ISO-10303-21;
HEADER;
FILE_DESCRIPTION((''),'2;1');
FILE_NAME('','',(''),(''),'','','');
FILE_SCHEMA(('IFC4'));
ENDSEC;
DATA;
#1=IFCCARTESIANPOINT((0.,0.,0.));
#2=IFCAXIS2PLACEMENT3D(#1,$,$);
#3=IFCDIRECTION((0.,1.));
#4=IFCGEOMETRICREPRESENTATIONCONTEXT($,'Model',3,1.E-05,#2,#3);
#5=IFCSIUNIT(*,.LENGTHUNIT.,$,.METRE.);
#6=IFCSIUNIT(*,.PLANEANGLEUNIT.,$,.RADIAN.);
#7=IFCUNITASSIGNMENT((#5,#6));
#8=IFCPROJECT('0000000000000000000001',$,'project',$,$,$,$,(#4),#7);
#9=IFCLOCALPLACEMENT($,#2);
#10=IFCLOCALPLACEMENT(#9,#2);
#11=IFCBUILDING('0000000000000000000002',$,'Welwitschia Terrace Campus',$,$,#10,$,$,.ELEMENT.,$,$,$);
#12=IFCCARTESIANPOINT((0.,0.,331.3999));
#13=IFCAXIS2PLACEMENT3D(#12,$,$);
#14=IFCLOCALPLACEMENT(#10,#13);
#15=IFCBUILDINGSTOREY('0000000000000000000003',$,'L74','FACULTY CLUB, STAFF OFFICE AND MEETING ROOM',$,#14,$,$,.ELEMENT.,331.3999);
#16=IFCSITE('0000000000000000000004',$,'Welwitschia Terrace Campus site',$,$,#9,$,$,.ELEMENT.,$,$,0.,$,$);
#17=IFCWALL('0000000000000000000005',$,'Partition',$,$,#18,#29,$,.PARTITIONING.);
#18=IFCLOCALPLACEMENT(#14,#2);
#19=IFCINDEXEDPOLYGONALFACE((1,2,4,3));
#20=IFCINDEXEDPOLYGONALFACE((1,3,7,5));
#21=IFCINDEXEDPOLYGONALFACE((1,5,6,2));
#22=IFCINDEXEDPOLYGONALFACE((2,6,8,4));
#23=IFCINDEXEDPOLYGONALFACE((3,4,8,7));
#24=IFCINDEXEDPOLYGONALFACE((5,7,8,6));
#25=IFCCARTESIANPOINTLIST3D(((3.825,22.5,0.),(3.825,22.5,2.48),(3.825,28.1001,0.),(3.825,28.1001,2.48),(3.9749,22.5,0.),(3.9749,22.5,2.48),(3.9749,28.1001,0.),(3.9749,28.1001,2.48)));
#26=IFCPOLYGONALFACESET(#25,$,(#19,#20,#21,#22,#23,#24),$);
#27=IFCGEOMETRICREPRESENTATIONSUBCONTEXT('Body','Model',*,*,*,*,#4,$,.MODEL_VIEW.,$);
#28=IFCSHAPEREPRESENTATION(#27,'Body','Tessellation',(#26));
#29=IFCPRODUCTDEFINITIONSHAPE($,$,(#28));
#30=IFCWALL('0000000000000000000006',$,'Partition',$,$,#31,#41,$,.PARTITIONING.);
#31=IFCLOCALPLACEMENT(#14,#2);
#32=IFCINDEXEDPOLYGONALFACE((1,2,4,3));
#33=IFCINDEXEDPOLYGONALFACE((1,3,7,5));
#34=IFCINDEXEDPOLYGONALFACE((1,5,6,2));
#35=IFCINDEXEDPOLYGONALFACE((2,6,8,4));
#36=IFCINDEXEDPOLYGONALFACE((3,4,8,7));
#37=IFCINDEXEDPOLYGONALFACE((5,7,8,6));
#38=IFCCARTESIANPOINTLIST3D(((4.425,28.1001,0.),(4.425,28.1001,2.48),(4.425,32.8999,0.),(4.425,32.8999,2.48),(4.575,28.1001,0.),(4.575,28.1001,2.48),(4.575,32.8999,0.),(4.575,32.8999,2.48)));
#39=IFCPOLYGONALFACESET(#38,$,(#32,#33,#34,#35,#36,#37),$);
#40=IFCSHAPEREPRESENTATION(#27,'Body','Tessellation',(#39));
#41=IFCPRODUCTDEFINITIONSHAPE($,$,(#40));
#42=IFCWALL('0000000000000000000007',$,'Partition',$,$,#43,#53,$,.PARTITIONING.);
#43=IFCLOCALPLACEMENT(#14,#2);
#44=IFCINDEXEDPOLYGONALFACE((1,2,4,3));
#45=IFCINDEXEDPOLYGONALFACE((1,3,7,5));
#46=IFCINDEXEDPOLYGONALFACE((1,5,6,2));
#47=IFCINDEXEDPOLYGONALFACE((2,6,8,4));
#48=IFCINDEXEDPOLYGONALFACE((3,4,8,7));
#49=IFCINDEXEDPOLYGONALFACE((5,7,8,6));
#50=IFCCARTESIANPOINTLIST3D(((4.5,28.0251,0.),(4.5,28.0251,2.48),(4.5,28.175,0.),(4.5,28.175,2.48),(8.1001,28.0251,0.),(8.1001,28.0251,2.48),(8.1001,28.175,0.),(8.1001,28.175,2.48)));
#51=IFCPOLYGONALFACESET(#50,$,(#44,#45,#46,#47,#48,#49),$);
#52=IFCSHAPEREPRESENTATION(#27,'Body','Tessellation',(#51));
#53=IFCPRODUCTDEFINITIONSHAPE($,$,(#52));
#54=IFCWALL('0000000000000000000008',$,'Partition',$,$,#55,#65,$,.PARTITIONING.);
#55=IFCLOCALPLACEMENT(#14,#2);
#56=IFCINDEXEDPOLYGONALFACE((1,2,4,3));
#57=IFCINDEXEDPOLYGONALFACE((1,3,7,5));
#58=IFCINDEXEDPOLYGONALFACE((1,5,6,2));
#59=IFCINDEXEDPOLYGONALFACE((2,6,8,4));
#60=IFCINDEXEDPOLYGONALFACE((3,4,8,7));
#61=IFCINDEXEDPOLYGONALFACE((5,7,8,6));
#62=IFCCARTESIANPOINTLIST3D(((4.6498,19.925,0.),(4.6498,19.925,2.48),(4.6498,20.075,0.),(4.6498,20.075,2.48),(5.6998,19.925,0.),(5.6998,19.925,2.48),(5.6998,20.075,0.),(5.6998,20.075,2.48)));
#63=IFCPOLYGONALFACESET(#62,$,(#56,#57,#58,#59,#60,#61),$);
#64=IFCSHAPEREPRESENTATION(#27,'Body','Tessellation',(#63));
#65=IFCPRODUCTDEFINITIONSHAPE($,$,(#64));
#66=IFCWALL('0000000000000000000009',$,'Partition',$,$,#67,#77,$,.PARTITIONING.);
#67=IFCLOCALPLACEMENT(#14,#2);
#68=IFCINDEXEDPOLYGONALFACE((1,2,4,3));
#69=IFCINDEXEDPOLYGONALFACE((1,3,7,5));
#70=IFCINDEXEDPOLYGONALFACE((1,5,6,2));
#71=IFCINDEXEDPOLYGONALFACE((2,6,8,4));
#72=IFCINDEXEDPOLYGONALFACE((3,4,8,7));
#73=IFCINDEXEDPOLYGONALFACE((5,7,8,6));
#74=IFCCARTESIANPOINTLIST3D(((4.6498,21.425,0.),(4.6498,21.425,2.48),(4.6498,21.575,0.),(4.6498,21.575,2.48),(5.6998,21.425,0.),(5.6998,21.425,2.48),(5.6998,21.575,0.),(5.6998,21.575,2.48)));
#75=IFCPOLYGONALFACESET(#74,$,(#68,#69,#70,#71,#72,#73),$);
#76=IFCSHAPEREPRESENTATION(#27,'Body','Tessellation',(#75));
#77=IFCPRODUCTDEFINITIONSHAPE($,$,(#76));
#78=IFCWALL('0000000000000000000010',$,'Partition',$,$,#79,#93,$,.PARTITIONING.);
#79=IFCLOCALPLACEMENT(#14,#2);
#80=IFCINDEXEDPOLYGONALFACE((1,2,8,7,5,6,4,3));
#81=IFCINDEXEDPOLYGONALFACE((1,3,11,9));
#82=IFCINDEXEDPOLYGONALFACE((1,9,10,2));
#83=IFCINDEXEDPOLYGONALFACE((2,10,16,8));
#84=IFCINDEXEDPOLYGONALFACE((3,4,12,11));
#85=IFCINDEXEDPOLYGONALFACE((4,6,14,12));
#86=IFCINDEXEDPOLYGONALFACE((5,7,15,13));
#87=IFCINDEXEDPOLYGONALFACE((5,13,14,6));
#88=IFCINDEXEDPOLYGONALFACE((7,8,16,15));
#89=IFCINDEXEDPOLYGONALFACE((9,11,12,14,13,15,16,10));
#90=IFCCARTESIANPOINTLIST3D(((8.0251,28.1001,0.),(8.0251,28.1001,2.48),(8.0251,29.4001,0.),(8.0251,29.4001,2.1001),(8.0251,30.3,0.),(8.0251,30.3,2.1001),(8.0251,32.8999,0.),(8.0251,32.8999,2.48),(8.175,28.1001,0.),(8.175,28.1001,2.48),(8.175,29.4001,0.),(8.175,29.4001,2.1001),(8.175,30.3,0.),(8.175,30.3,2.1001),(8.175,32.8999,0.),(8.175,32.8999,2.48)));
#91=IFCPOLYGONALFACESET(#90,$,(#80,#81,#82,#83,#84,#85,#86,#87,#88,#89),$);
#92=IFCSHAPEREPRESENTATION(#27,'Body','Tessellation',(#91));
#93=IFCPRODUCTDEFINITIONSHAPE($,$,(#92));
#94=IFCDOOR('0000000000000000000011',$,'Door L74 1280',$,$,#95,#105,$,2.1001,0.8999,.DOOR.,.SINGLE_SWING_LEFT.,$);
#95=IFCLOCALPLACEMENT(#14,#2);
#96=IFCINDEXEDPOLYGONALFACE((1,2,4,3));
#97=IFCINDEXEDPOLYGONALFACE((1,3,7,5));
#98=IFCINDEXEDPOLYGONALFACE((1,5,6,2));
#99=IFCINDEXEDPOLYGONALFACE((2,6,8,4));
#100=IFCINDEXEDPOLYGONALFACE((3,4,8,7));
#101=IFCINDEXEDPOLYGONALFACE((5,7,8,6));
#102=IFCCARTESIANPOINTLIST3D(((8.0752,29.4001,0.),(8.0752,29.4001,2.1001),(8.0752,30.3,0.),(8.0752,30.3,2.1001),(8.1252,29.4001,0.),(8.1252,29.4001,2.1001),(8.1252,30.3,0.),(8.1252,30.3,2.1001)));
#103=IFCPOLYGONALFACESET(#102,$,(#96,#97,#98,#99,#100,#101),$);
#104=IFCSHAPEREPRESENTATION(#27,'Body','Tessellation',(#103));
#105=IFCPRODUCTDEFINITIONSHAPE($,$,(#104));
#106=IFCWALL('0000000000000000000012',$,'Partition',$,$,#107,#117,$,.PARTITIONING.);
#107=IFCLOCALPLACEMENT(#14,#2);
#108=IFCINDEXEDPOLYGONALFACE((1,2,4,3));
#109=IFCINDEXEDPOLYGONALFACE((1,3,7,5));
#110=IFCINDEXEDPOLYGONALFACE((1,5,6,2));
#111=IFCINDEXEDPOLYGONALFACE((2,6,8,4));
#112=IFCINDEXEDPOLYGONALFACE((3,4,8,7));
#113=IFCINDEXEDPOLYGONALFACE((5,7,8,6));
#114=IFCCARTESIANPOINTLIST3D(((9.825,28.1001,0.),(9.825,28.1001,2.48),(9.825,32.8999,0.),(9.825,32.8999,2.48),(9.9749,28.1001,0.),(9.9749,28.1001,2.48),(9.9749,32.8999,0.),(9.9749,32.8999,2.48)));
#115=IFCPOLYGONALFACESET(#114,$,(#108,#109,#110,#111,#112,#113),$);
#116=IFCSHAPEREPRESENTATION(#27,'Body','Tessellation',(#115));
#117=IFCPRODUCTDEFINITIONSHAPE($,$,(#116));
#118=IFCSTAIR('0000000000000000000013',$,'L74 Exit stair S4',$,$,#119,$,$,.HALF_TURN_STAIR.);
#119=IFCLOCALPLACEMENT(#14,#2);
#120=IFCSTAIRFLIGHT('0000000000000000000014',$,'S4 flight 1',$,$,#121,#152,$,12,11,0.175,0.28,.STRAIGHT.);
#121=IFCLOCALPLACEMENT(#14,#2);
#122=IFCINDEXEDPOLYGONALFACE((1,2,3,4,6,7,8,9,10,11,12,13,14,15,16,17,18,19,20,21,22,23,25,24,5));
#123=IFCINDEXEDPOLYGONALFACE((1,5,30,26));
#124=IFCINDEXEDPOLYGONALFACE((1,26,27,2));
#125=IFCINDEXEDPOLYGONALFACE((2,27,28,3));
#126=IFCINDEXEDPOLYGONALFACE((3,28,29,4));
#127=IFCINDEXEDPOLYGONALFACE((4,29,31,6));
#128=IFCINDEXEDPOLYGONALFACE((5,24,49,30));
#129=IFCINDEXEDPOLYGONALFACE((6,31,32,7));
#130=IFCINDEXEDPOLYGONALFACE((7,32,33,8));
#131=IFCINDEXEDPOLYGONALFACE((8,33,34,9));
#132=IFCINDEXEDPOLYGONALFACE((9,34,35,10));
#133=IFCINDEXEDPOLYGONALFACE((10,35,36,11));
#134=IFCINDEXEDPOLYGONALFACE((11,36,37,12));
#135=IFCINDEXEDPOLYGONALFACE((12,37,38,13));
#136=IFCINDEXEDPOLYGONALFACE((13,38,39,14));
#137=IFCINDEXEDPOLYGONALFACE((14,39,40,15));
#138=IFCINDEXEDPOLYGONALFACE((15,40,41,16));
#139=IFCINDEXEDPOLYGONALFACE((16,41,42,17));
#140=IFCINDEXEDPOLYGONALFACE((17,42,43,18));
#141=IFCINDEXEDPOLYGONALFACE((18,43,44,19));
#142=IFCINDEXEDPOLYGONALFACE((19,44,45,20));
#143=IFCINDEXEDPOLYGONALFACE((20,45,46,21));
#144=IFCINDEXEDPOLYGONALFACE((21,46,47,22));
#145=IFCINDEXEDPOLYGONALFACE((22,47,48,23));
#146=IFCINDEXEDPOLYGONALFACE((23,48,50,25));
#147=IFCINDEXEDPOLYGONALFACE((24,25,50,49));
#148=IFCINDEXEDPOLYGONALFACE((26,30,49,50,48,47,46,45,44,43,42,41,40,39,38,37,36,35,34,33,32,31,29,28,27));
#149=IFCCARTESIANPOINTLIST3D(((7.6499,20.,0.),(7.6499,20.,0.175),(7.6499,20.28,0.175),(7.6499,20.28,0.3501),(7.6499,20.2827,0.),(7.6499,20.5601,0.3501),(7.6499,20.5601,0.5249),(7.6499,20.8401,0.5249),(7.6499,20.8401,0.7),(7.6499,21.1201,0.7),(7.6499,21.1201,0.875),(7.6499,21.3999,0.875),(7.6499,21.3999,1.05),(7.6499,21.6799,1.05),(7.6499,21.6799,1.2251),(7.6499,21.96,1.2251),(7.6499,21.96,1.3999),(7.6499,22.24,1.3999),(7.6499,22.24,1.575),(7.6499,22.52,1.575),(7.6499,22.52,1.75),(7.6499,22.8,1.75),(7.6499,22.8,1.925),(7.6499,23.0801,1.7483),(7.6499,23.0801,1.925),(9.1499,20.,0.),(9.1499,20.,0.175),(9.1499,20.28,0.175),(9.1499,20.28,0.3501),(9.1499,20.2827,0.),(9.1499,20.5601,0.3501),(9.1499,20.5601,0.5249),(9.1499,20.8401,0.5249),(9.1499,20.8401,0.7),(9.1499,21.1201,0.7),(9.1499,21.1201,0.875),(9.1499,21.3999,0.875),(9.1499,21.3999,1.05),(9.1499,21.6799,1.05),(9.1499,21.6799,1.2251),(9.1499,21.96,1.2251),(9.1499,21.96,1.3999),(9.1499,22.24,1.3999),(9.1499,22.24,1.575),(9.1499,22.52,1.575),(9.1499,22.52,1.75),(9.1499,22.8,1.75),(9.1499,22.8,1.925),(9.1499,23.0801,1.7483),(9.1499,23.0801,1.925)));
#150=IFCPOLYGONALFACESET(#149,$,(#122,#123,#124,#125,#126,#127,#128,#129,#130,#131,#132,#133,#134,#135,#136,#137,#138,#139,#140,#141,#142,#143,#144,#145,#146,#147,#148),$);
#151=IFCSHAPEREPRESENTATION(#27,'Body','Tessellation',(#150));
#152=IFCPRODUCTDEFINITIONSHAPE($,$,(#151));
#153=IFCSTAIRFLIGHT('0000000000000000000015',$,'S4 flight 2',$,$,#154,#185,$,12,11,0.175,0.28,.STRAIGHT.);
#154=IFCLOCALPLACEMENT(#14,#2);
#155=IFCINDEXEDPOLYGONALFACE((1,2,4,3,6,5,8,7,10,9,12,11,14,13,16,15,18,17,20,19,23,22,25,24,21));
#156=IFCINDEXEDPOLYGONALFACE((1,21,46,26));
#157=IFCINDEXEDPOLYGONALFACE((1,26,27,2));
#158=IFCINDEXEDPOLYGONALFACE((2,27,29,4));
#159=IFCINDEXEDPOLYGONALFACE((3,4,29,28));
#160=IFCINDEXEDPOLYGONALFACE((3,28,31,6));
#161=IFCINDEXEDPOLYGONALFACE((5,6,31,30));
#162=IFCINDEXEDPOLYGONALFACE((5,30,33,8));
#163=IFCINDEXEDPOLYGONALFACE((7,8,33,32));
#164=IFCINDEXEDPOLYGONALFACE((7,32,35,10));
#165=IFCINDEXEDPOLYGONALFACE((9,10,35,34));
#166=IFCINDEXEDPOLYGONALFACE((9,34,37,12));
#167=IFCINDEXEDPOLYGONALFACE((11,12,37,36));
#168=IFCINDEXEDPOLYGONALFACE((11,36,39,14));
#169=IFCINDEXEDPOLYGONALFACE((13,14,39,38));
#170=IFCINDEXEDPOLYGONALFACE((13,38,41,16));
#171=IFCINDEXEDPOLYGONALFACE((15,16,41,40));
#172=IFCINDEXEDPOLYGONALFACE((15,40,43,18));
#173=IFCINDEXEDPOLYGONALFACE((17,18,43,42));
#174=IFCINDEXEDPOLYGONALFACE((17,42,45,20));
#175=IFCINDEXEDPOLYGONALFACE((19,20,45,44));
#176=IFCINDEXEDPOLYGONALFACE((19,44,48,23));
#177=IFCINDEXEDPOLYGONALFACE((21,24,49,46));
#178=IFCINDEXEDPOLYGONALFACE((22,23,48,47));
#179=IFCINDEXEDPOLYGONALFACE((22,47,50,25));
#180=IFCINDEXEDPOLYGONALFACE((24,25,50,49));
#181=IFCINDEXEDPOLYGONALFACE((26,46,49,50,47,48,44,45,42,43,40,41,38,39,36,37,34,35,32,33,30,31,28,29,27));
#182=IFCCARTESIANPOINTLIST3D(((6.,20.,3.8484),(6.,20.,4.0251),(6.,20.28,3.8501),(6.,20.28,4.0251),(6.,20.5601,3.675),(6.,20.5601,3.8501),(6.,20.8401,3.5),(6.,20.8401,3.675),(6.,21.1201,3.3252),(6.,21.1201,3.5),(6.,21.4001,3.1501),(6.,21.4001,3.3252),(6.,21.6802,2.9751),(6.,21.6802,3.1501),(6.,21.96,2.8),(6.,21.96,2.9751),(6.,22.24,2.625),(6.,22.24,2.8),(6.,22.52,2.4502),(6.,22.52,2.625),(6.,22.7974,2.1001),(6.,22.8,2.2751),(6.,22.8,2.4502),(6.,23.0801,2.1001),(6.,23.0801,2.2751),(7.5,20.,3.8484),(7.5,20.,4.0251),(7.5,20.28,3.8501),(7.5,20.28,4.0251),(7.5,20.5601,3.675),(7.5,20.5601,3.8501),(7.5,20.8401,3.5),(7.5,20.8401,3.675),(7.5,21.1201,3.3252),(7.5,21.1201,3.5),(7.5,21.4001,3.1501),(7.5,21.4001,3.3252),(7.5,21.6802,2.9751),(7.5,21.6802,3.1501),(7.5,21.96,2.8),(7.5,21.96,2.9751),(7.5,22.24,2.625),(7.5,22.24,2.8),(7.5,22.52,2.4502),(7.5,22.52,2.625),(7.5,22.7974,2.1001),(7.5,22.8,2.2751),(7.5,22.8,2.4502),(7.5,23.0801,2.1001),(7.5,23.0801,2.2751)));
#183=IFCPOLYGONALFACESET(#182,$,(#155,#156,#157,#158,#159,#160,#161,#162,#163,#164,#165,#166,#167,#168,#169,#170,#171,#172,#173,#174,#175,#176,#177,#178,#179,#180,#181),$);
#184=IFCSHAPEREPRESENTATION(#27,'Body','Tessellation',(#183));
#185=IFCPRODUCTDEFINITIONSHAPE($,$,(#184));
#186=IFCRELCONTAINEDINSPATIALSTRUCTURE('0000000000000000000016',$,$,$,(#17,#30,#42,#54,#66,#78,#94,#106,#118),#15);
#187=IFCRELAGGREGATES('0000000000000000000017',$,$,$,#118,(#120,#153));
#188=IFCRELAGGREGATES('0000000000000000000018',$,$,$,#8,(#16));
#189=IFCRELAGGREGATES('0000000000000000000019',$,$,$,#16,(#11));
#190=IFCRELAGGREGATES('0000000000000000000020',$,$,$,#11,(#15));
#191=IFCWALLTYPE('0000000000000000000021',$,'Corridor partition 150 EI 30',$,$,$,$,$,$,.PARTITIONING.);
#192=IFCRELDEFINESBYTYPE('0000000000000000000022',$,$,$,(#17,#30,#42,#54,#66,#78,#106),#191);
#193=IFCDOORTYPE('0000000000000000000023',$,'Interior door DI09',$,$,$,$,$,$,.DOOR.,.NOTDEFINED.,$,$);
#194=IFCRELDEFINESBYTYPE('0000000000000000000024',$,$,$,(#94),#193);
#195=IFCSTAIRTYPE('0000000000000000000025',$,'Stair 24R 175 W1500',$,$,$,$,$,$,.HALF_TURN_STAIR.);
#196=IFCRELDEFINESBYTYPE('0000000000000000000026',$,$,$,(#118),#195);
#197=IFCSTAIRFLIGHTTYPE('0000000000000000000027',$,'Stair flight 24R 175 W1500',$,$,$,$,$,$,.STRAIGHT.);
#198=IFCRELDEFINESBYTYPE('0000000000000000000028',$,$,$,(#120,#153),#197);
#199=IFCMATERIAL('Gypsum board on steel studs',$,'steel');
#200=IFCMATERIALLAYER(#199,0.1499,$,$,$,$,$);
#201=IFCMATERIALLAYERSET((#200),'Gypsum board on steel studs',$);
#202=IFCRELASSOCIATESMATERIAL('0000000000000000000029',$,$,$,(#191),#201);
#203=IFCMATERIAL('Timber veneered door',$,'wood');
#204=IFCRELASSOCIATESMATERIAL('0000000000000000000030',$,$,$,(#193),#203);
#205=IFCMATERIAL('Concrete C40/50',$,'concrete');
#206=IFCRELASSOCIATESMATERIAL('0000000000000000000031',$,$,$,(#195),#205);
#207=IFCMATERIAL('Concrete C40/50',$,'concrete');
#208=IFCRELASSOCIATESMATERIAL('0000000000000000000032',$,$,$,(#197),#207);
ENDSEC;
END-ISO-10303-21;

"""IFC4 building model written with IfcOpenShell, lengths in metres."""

from ifc_helpers import new_model, si_unit, direction, frame, frame_2d, origin, place, context, subcontext, project, spatial, polyline, rectangle, outline, extrude, material, layer, layer_set, type_object, element, fill, aggregate, save


model = new_model("IFC4")

# Units and contexts
model_context = context("Model", 3, precision=1e-05, world=origin(), true_north=direction((0.0, 1.0)))
body_context = subcontext(model_context, "Body", "Model", "MODEL_VIEW")
ifc_project = project(units=[si_unit("LENGTHUNIT", "METRE"), si_unit("PLANEANGLEUNIT", "RADIAN")], contexts=[model_context])

# Site, building, storey
site_placement = place(None, origin())
site = spatial("IfcSite", under=ifc_project, at=site_placement, Name="Welwitschia Terrace Campus site", CompositionType="ELEMENT", RefElevation=0.0)
building_placement = place(site_placement, origin())
building = spatial("IfcBuilding", under=site, at=building_placement, Name="Welwitschia Terrace Campus", CompositionType="ELEMENT")
storey_placement = place(building_placement, frame((0.0, 0.0, 331.3999)))
storey = spatial("IfcBuildingStorey", under=building, at=storey_placement, Name="L74", Description="FACULTY CLUB, STAFF OFFICE AND MEETING ROOM", CompositionType="ELEMENT", Elevation=331.3999)

# Walls
ifc_material_1 = material(Name="Gypsum board on steel studs", Category="steel")
ifc_layer_1 = layer(ifc_material_1, 0.1499)
ifc_layer_set_1 = layer_set([ifc_layer_1], Name="Gypsum board on steel studs")
wall_type_1 = type_object("IfcWallType", Name="Corridor partition 150 EI 30", PredefinedType="PARTITIONING", material=ifc_layer_set_1)
wall_1_placement = place(storey_placement, frame((3.8999, 22.5, 0.0), z_axis=(0.0, 0.0, 1.0), x_axis=(0.0, 1.0, 0.0)))
element("IfcWall", 1, at=wall_1_placement, inside=storey, type_object=wall_type_1, Name="Partition", PredefinedType="PARTITIONING", context=body_context, shape_type="SweptSolid", body=[
    extrude(rectangle(XDim=5.6001, YDim=0.1499, at=frame_2d((2.8, 0.0))), origin(), (0.0, 0.0, 1.0), 2.48),
])
wall_2_placement = place(storey_placement, frame((4.5, 28.1001, 0.0), z_axis=(0.0, 0.0, 1.0), x_axis=(0.0, 1.0, 0.0)))
element("IfcWall", 2, at=wall_2_placement, inside=storey, type_object=wall_type_1, Name="Partition", PredefinedType="PARTITIONING", context=body_context, shape_type="SweptSolid", body=[
    extrude(rectangle(XDim=4.7998, YDim=0.1499, at=frame_2d((2.3999, 0.0))), origin(), (0.0, 0.0, 1.0), 2.48),
])
wall_3_placement = place(storey_placement, frame((4.5, 28.1001, 0.0), z_axis=(0.0, 0.0, 1.0), x_axis=(1.0, 0.0, 0.0)))
element("IfcWall", 3, at=wall_3_placement, inside=storey, type_object=wall_type_1, Name="Partition", PredefinedType="PARTITIONING", context=body_context, shape_type="SweptSolid", body=[
    extrude(rectangle(XDim=3.6001, YDim=0.1499, at=frame_2d((1.8, 0.0))), origin(), (0.0, 0.0, 1.0), 2.48),
])
for number, where, z_axis, x_axis, name in (
    (4, (4.6499, 20.0, 0.0), (0.0, 0.0, 1.0), (1.0, 0.0, 0.0), "Partition"),
    (5, (4.6499, 21.5, 0.0), (0.0, 0.0, 1.0), (1.0, 0.0, 0.0), "Partition"),
):
    element("IfcWall", number, at=place(storey_placement, frame(where, z_axis=z_axis, x_axis=x_axis)), inside=storey, type_object=wall_type_1, Name=name, PredefinedType="PARTITIONING", context=body_context, shape_type="SweptSolid", body=[
        extrude(rectangle(XDim=1.05, YDim=0.1499, at=frame_2d((0.5249, 0.0))), origin(), (0.0, 0.0, 1.0), 2.48),
    ])

# Wall, opening, door
wall_4_placement = place(storey_placement, frame((8.1001, 28.1001, 0.0), z_axis=(0.0, 0.0, 1.0), x_axis=(0.0, 1.0, 0.0)))
wall_4 = element("IfcWall", 6, at=wall_4_placement, inside=storey, type_object=wall_type_1, Name="Partition", PredefinedType="PARTITIONING", context=body_context, shape_type="SweptSolid", body=[
    extrude(rectangle(XDim=4.7998, YDim=0.1499, at=frame_2d((2.3999, 0.0))), origin(), (0.0, 0.0, 1.0), 2.48),
])
opening_placement = place(wall_4_placement, frame((1.3, 0.0, 0.0)))
opening = element("IfcOpeningElement", 7, at=opening_placement, cuts=wall_4, PredefinedType="OPENING", context=body_context, shape_type="SweptSolid", body=[
    extrude(rectangle(XDim=0.8999, YDim=2.1001, at=frame_2d((0.45, 1.05))), frame((0.0, 0.085, 0.0), z_axis=(0.0, -1.0, 0.0), x_axis=(1.0, 0.0, 0.0)), (0.0, 0.0, 1.0), 0.1699),
])
ifc_material_2 = material(Name="Timber veneered door", Category="wood")
door_type = type_object("IfcDoorType", Name="Interior door DI09", OperationType="NOTDEFINED", PredefinedType="DOOR", material=ifc_material_2)
door_placement = place(opening_placement, origin())
door = element("IfcDoor", 8, at=door_placement, inside=storey, type_object=door_type, Name="Door L74 1280", OperationType="SINGLE_SWING_LEFT", OverallHeight=2.1001, OverallWidth=0.8999, PredefinedType="DOOR", context=body_context, shape_type="SweptSolid", body=[
    extrude(rectangle(XDim=0.8999, YDim=2.1001, at=frame_2d((0.45, 1.05))), frame((0.0, 0.0249, 0.0), z_axis=(0.0, -1.0, 0.0), x_axis=(1.0, 0.0, 0.0)), (0.0, 0.0, 1.0), 0.05),
])
fill(opening, door)

# Wall
wall_5_placement = place(storey_placement, frame((9.8999, 28.1001, 0.0), z_axis=(0.0, 0.0, 1.0), x_axis=(0.0, 1.0, 0.0)))
element("IfcWall", 9, at=wall_5_placement, inside=storey, type_object=wall_type_1, Name="Partition", PredefinedType="PARTITIONING", context=body_context, shape_type="SweptSolid", body=[
    extrude(rectangle(XDim=4.7998, YDim=0.1499, at=frame_2d((2.3999, 0.0))), origin(), (0.0, 0.0, 1.0), 2.48),
])

# Stair, stair flights
ifc_material_3 = material(Name="Concrete C40/50", Category="concrete")
stair_type = type_object("IfcStairType", Name="Stair 24R 175 W1500", PredefinedType="HALF_TURN_STAIR", material=ifc_material_3)
stair_placement = place(storey_placement, origin())
stair = element("IfcStair", 10, at=stair_placement, inside=storey, type_object=stair_type, Name="L74 Exit stair S4", PredefinedType="HALF_TURN_STAIR")
ifc_material_4 = material(Name="Concrete C40/50", Category="concrete")
stair_flight_type = type_object("IfcStairFlightType", Name="Stair flight 24R 175 W1500", PredefinedType="STRAIGHT", material=ifc_material_4)
stair_flight_1_placement = place(storey_placement, frame((8.3999, 20.0, 0.0), z_axis=(0.0, 0.0, 1.0), x_axis=(0.0, 1.0, 0.0)))
stair_flight_1 = element("IfcStairFlight", 11, at=stair_flight_1_placement, type_object=stair_flight_type, Name="S4 flight 1", NumberOfRisers=12, NumberOfTreads=11, PredefinedType="STRAIGHT", RiserHeight=0.175, TreadLength=0.28, context=body_context, shape_type="SweptSolid", body=[
    extrude(outline(polyline([(0.0, 0.0), (0.0, 0.175), (0.28, 0.175), (0.28, 0.3501), (0.5601, 0.3501), (0.5601, 0.5249), (0.8401, 0.5249), (0.8401, 0.7), (1.1201, 0.7), (1.1201, 0.875), (1.3999, 0.875), (1.3999, 1.05), (1.6799, 1.05), (1.6799, 1.2251), (1.96, 1.2251), (1.96, 1.3999), (2.24, 1.3999), (2.24, 1.575), (2.52, 1.575), (2.52, 1.75), (2.8, 1.75), (2.8, 1.925), (3.0801, 1.925), (3.0801, 2.1001), (3.0801, 1.7483), (0.2827, 0.0), (0.0, 0.0)])), frame((0.0, 0.75, 0.0), z_axis=(0.0, -1.0, 0.0), x_axis=(1.0, 0.0, 0.0)), (0.0, 0.0, 1.0), 1.5),
])
stair_flight_2_placement = place(storey_placement, frame((6.75, 23.0801, 2.1001), z_axis=(0.0, 0.0, 1.0), x_axis=(0.0, -1.0, 0.0)))
stair_flight_2 = element("IfcStairFlight", 12, at=stair_flight_2_placement, type_object=stair_flight_type, Name="S4 flight 2", NumberOfRisers=12, NumberOfTreads=11, PredefinedType="STRAIGHT", RiserHeight=0.175, TreadLength=0.28, context=body_context, shape_type="SweptSolid", body=[
    extrude(outline(polyline([(0.0, 0.0), (0.0, 0.175), (0.28, 0.175), (0.28, 0.3501), (0.5601, 0.3501), (0.5601, 0.5249), (0.8401, 0.5249), (0.8401, 0.7), (1.1201, 0.7), (1.1201, 0.875), (1.3999, 0.875), (1.3999, 1.05), (1.6799, 1.05), (1.6799, 1.2251), (1.96, 1.2251), (1.96, 1.3999), (2.24, 1.3999), (2.24, 1.575), (2.52, 1.575), (2.52, 1.75), (2.8, 1.75), (2.8, 1.925), (3.0801, 1.925), (3.0801, 2.1001), (3.0801, 1.7483), (0.2827, 0.0), (0.0, 0.0)])), frame((0.0, 0.75, 0.0), z_axis=(0.0, -1.0, 0.0), x_axis=(1.0, 0.0, 0.0)), (0.0, 0.0, 1.0), 1.5),
])
aggregate(stair, [stair_flight_1, stair_flight_2])

save(model, "model.ifc")
